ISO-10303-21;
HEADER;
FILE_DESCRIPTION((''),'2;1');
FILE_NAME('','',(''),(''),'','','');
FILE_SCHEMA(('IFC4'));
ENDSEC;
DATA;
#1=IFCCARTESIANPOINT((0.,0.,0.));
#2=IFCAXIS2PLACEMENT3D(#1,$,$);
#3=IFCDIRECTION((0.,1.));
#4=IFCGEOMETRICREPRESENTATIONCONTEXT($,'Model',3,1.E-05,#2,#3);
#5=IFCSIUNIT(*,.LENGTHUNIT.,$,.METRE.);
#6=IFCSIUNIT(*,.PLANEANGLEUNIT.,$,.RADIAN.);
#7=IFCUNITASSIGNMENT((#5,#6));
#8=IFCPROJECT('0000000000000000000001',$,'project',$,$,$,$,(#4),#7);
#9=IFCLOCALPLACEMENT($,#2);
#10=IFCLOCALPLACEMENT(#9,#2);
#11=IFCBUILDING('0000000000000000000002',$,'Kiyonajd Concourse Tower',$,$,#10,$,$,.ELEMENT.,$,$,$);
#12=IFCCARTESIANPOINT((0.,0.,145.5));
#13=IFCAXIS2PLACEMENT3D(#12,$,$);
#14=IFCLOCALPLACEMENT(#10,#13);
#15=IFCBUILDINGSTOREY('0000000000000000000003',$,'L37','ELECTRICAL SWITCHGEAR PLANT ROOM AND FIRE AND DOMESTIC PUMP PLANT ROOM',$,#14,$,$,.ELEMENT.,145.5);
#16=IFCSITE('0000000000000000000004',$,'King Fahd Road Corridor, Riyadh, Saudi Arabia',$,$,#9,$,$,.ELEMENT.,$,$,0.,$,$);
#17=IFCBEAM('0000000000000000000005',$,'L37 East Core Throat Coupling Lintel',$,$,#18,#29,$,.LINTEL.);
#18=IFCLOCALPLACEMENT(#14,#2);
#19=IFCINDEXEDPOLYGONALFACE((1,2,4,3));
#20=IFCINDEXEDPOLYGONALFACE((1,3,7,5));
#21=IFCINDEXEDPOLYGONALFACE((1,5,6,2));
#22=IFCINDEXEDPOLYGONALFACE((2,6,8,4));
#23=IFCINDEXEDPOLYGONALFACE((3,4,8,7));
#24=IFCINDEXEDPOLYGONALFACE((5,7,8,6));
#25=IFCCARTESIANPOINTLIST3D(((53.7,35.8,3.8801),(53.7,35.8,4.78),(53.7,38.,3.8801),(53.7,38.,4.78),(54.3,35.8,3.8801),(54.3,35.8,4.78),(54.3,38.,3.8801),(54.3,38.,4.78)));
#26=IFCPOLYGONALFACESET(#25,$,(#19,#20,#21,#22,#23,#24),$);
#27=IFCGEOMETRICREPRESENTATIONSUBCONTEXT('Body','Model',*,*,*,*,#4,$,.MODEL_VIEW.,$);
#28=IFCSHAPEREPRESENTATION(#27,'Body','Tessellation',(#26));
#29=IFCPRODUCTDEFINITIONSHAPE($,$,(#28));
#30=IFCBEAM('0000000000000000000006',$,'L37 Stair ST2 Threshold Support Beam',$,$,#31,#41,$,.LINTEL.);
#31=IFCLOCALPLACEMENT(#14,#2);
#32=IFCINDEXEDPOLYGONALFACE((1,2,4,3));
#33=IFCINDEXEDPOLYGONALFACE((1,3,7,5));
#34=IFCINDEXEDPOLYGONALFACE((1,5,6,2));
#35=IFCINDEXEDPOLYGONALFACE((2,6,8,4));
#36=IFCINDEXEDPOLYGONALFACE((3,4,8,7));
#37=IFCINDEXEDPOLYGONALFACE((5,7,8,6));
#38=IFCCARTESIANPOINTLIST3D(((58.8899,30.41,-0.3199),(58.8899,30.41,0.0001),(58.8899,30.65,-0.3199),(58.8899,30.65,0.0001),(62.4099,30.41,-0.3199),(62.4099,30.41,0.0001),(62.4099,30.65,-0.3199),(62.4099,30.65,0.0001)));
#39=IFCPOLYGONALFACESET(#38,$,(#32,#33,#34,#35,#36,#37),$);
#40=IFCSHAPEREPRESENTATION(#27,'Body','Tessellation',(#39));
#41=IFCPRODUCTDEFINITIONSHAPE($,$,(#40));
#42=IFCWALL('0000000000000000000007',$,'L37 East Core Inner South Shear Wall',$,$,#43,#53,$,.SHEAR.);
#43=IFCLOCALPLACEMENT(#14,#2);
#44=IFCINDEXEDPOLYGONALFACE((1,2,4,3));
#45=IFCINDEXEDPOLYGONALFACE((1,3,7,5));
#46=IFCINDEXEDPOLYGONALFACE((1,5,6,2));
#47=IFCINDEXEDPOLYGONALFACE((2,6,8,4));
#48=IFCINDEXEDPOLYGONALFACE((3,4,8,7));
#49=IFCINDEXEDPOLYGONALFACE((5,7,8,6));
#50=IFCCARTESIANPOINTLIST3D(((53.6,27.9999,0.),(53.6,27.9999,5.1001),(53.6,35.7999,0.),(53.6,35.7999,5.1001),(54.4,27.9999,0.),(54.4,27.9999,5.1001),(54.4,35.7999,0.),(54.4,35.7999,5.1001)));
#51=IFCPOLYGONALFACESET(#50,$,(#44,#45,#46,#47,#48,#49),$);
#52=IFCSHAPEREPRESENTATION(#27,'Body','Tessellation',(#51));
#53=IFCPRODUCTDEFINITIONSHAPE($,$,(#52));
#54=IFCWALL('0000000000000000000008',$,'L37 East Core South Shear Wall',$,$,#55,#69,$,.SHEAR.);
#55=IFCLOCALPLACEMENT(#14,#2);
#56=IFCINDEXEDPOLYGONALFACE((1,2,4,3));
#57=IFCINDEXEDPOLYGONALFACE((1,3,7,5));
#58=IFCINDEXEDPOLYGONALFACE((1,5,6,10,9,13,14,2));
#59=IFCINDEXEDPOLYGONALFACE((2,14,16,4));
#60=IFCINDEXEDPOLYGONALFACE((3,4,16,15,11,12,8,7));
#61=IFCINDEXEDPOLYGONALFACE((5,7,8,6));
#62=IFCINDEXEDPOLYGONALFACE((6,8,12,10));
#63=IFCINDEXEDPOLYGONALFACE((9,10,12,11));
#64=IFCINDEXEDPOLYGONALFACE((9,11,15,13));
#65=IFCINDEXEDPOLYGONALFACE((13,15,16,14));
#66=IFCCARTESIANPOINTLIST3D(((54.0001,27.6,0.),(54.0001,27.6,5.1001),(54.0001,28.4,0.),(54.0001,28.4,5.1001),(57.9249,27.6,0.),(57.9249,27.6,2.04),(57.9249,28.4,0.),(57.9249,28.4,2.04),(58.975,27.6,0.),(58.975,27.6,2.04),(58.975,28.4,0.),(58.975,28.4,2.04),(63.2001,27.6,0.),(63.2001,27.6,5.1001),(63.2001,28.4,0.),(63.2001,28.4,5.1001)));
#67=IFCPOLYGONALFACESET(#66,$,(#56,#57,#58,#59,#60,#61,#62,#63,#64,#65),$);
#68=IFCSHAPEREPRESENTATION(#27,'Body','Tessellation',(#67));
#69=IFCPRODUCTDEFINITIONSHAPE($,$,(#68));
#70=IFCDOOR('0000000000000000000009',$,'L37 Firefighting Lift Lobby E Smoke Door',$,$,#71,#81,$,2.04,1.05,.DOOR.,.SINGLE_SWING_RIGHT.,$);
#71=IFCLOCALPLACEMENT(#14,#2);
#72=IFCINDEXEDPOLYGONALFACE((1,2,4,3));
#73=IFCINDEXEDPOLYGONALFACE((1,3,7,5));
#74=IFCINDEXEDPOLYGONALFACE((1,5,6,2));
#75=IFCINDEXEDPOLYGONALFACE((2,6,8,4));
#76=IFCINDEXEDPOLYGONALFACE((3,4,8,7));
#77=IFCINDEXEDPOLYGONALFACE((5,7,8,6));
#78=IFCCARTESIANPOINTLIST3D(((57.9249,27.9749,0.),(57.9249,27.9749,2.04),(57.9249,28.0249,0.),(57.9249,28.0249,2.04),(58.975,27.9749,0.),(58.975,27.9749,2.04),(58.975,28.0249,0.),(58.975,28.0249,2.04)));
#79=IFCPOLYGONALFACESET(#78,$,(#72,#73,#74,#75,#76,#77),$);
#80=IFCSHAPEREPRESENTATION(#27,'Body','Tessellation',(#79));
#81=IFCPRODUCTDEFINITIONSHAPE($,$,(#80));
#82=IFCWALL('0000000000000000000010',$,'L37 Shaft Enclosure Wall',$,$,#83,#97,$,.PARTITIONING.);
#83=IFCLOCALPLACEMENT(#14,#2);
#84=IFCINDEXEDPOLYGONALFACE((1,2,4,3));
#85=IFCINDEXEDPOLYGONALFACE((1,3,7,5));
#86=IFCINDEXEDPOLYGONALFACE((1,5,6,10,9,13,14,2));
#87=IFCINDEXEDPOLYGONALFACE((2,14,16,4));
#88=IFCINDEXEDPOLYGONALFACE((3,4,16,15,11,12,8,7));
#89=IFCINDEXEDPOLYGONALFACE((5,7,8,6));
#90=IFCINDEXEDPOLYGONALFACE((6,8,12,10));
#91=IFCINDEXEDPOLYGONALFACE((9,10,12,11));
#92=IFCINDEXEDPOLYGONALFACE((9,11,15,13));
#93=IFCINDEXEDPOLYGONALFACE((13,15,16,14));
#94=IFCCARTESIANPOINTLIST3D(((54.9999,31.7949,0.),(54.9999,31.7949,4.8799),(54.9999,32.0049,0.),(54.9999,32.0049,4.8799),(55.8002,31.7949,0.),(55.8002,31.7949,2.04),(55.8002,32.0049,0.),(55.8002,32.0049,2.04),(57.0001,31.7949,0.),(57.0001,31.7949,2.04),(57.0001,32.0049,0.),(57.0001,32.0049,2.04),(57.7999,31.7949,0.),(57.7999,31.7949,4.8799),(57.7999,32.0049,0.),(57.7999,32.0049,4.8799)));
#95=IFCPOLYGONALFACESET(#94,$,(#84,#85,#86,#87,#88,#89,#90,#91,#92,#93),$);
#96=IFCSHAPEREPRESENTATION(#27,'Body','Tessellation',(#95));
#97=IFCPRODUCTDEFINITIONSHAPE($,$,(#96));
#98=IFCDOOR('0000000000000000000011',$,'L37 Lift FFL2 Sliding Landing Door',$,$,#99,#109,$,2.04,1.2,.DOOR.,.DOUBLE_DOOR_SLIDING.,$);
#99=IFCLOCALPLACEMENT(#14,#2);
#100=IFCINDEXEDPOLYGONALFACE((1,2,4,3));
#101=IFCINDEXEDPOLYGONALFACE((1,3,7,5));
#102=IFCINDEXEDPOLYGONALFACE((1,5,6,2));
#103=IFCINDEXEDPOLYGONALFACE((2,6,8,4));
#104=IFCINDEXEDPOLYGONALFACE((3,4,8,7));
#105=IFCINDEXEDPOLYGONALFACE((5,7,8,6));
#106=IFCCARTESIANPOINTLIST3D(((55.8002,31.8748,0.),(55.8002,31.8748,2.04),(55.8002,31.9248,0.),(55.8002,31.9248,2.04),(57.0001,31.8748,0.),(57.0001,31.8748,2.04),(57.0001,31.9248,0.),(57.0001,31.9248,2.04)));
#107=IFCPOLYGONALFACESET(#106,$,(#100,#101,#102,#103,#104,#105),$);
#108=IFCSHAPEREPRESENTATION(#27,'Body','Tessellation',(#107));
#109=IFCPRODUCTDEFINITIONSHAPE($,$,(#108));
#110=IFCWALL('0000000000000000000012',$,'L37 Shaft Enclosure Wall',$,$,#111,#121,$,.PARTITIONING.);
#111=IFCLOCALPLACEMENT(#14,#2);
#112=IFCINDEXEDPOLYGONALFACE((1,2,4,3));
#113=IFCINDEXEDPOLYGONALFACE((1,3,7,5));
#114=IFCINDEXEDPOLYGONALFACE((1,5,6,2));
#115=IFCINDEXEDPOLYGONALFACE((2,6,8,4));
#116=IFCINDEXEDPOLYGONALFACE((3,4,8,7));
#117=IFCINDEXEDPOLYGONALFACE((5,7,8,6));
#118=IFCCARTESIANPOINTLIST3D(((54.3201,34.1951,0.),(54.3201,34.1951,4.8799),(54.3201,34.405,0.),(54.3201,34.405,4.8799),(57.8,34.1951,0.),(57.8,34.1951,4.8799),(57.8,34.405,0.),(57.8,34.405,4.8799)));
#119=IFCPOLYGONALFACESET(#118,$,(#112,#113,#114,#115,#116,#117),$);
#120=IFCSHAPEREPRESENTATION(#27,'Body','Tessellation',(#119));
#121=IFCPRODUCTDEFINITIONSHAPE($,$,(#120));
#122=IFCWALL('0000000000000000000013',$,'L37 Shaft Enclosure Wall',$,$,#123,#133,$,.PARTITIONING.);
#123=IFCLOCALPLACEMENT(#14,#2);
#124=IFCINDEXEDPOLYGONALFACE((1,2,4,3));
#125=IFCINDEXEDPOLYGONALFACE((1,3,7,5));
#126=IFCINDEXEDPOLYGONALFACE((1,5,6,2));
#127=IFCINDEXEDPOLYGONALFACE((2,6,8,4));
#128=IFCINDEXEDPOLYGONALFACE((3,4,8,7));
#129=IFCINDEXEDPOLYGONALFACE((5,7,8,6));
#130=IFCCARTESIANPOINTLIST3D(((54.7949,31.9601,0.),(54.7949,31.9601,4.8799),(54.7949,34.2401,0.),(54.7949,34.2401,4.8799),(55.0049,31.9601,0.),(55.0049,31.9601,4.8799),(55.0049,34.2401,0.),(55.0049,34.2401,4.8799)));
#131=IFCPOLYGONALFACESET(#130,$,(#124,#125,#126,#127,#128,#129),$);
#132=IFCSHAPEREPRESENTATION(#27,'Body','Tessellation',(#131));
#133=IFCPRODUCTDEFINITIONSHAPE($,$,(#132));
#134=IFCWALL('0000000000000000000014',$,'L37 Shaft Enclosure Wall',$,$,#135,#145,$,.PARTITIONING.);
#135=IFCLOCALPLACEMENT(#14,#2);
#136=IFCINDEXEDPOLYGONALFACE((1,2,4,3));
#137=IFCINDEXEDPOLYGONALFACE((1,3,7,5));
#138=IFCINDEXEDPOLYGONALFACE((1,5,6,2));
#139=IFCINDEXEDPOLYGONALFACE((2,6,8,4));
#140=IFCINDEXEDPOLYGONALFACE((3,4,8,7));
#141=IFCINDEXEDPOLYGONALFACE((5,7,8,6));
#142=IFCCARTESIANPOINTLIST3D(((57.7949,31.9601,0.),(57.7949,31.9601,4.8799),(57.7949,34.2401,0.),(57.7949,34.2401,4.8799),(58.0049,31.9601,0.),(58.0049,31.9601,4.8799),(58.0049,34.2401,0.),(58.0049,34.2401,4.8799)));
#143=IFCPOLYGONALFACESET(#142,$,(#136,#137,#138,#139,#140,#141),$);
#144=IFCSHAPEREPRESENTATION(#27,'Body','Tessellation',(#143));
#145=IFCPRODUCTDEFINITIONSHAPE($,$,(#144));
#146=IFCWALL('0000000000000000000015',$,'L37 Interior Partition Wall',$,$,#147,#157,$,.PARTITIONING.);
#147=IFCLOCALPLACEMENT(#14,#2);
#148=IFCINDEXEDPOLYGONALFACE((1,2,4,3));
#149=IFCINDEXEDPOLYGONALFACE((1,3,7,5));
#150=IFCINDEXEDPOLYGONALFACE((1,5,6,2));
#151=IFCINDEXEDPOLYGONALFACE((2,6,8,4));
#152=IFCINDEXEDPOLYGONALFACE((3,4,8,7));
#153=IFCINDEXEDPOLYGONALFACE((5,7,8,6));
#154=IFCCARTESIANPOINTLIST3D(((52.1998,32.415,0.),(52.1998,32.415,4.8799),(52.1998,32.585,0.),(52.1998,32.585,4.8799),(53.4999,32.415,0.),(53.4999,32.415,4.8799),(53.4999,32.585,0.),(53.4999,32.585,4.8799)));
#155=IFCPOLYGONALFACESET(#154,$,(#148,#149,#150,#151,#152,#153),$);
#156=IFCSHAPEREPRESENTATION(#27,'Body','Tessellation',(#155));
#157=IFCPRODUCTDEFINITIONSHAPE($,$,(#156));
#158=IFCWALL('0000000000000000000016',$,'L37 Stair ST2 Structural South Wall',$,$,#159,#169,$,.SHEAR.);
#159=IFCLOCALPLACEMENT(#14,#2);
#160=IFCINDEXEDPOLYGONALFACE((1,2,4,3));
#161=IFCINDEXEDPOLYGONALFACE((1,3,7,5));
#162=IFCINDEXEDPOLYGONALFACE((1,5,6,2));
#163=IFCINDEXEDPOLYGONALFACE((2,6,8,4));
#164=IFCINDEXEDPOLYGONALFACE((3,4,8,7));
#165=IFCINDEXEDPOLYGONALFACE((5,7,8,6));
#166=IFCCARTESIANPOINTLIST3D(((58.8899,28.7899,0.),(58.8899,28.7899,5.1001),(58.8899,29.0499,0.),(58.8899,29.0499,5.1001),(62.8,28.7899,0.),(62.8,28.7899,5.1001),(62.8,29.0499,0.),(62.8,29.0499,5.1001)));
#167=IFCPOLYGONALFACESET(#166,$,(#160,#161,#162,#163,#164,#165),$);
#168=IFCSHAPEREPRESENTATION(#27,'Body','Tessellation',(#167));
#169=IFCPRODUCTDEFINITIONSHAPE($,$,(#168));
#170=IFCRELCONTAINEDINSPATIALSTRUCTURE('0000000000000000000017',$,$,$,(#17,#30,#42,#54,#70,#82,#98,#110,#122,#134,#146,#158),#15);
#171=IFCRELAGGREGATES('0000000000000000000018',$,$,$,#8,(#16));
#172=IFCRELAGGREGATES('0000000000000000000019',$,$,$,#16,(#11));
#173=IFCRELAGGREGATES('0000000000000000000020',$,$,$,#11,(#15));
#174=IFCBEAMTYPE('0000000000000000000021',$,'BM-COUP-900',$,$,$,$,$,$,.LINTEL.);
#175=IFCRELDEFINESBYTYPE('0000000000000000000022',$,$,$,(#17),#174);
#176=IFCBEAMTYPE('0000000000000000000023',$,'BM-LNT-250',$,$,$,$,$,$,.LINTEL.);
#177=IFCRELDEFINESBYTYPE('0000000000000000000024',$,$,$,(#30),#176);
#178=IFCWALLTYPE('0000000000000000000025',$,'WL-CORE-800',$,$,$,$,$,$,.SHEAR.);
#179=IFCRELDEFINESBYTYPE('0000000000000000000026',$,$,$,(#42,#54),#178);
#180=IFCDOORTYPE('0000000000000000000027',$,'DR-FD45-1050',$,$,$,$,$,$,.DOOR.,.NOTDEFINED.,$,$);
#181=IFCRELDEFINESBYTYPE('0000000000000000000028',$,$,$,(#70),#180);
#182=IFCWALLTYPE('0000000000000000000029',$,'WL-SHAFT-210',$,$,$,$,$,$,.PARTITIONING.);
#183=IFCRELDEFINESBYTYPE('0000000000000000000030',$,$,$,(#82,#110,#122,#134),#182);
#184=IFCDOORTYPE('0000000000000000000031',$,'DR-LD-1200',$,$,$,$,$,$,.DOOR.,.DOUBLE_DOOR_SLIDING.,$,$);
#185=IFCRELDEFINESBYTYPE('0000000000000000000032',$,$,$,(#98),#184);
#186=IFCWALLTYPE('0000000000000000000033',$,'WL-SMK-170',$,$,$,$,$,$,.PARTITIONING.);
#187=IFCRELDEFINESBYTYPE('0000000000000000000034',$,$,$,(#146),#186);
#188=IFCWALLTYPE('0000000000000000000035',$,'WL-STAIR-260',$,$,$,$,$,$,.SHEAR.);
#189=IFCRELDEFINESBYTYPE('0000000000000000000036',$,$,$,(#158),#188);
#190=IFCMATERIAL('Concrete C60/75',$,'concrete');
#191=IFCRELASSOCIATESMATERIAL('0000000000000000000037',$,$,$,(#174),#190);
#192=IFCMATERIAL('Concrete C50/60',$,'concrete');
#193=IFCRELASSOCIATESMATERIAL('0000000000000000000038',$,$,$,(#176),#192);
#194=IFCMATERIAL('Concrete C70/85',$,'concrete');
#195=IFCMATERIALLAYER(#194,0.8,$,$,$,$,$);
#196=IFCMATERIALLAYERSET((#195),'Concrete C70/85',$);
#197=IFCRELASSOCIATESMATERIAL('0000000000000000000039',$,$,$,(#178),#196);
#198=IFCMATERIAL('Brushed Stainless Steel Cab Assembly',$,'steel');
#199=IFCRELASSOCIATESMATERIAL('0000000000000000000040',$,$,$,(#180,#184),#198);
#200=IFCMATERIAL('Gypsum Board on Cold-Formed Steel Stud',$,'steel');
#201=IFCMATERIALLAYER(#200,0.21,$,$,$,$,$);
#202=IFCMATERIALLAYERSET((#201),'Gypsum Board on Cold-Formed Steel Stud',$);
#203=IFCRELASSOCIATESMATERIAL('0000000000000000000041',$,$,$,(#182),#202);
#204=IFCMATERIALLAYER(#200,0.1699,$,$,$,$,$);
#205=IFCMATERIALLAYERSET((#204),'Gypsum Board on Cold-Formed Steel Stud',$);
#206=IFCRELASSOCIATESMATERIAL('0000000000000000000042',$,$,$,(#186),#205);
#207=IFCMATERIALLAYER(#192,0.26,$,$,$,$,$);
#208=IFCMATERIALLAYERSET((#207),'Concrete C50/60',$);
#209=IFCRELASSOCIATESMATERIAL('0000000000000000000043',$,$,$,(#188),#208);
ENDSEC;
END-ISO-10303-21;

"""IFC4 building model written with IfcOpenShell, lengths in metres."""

from ifc_helpers import new_model, si_unit, direction, frame, frame_2d, origin, origin_2d, place, context, subcontext, project, spatial, rectangle, extrude, material, layer, layer_set, material_profile, profile_set, type_object, element, fill, save


model = new_model("IFC4")

# Units and contexts
model_context = context("Model", 3, precision=1e-05, world=origin(), true_north=direction((0.0, 1.0)))
body_context = subcontext(model_context, "Body", "Model", "MODEL_VIEW")
ifc_project = project(units=[si_unit("LENGTHUNIT", "METRE"), si_unit("PLANEANGLEUNIT", "RADIAN")], contexts=[model_context])

# Site, building, storey
site_placement = place(None, origin())
site = spatial("IfcSite", under=ifc_project, at=site_placement, Name="King Fahd Road Corridor, Riyadh, Saudi Arabia", CompositionType="ELEMENT", RefElevation=0.0)
building_placement = place(site_placement, origin())
building = spatial("IfcBuilding", under=site, at=building_placement, Name="Kiyonajd Concourse Tower", CompositionType="ELEMENT")
storey_placement = place(building_placement, frame((0.0, 0.0, 145.5)))
storey = spatial("IfcBuildingStorey", under=building, at=storey_placement, Name="L37", Description="ELECTRICAL SWITCHGEAR PLANT ROOM AND FIRE AND DOMESTIC PUMP PLANT ROOM", CompositionType="ELEMENT", Elevation=145.5)

# Beams
ifc_material_1 = material(Name="Concrete C60/75", Category="concrete")
ifc_material_profile_1 = material_profile(ifc_material_1, rectangle(XDim=0.6001, YDim=0.8999, at=origin_2d()), Name="RCBM-600x900")
ifc_profile_set_1 = profile_set([ifc_material_profile_1], Name="Concrete C60/75")
beam_type_1 = type_object("IfcBeamType", Name="BM-COUP-900", PredefinedType="LINTEL", material=ifc_profile_set_1)
beam_1_placement = place(storey_placement, frame((54.0, 35.8, 4.3301), z_axis=(0.0, 1.0, 0.0), x_axis=(-1.0, 0.0, 0.0)))
element("IfcBeam", 1, at=beam_1_placement, inside=storey, type_object=beam_type_1, Name="L37 East Core Throat Coupling Lintel", PredefinedType="LINTEL", context=body_context, shape_type="SweptSolid", body=[
    extrude(rectangle(XDim=0.6001, YDim=0.8999, at=origin_2d()), origin(), (0.0, 0.0, 1.0), 2.2),
])
ifc_material_2 = material(Name="Concrete C50/60", Category="concrete")
ifc_material_profile_2 = material_profile(ifc_material_2, rectangle(XDim=0.24, YDim=0.3201, at=origin_2d()), Name="RCBM-240x320")
ifc_profile_set_2 = profile_set([ifc_material_profile_2], Name="Concrete C50/60")
beam_type_2 = type_object("IfcBeamType", Name="BM-LNT-250", PredefinedType="LINTEL", material=ifc_profile_set_2)
beam_2_placement = place(storey_placement, frame((58.8899, 30.53, -0.1599), z_axis=(1.0, 0.0, 0.0), x_axis=(0.0, 1.0, 0.0)))
element("IfcBeam", 2, at=beam_2_placement, inside=storey, type_object=beam_type_2, Name="L37 Stair ST2 Threshold Support Beam", PredefinedType="LINTEL", context=body_context, shape_type="SweptSolid", body=[
    extrude(rectangle(XDim=0.24, YDim=0.3201, at=origin_2d()), origin(), (0.0, 0.0, 1.0), 3.52),
])

# Wall
ifc_material_3 = material(Name="Concrete C70/85", Category="concrete")
ifc_layer_1 = layer(ifc_material_3, 0.8)
ifc_layer_set_1 = layer_set([ifc_layer_1], Name="Concrete C70/85")
wall_type_1 = type_object("IfcWallType", Name="WL-CORE-800", PredefinedType="SHEAR", material=ifc_layer_set_1)
wall_1_placement = place(storey_placement, frame((54.0, 28.0, 0.0), z_axis=(0.0, 0.0, 1.0), x_axis=(0.0, 1.0, 0.0)))
element("IfcWall", 3, at=wall_1_placement, inside=storey, type_object=wall_type_1, Name="L37 East Core Inner South Shear Wall", PredefinedType="SHEAR", context=body_context, shape_type="SweptSolid", body=[
    extrude(rectangle(XDim=7.8, YDim=0.8, at=frame_2d((3.8999, 0.0))), origin(), (0.0, 0.0, 1.0), 5.1001),
])

# Walls, openings, doors
wall_2_placement = place(storey_placement, frame((54.0, 28.0, 0.0), z_axis=(0.0, 0.0, 1.0), x_axis=(1.0, 0.0, 0.0)))
wall_2 = element("IfcWall", 4, at=wall_2_placement, inside=storey, type_object=wall_type_1, Name="L37 East Core South Shear Wall", PredefinedType="SHEAR", context=body_context, shape_type="SweptSolid", body=[
    extrude(rectangle(XDim=9.2, YDim=0.8, at=frame_2d((4.6001, 0.0))), origin(), (0.0, 0.0, 1.0), 5.1001),
])
opening_1_placement = place(wall_2_placement, frame((3.925, 0.0, 0.0)))
opening_1 = element("IfcOpeningElement", 5, at=opening_1_placement, cuts=wall_2, PredefinedType="OPENING", context=body_context, shape_type="SweptSolid", body=[
    extrude(rectangle(XDim=1.05, YDim=2.04, at=frame_2d((0.5249, 1.02))), frame((0.0, 0.4099, 0.0), z_axis=(0.0, -1.0, 0.0), x_axis=(1.0, 0.0, 0.0)), (0.0, 0.0, 1.0), 0.8201),
])
ifc_material_4 = material(Name="Brushed Stainless Steel Cab Assembly", Category="steel")
door_type_1 = type_object("IfcDoorType", Name="DR-FD45-1050", OperationType="NOTDEFINED", PredefinedType="DOOR", material=ifc_material_4)
door_1_placement = place(opening_1_placement, origin())
door_1 = element("IfcDoor", 6, at=door_1_placement, inside=storey, type_object=door_type_1, Name="L37 Firefighting Lift Lobby E Smoke Door", OperationType="SINGLE_SWING_RIGHT", OverallHeight=2.04, OverallWidth=1.05, PredefinedType="DOOR", context=body_context, shape_type="SweptSolid", body=[
    extrude(rectangle(XDim=1.05, YDim=2.04, at=frame_2d((0.5249, 1.02))), frame((0.0, 0.0249, 0.0), z_axis=(0.0, -1.0, 0.0), x_axis=(1.0, 0.0, 0.0)), (0.0, 0.0, 1.0), 0.05),
])
fill(opening_1, door_1)
ifc_material_5 = material(Name="Gypsum Board on Cold-Formed Steel Stud", Category="steel")
ifc_layer_2 = layer(ifc_material_5, 0.21)
ifc_layer_set_2 = layer_set([ifc_layer_2], Name="Gypsum Board on Cold-Formed Steel Stud")
wall_type_2 = type_object("IfcWallType", Name="WL-SHAFT-210", PredefinedType="PARTITIONING", material=ifc_layer_set_2)
wall_3_placement = place(storey_placement, frame((55.0, 31.8999, 0.0), z_axis=(0.0, 0.0, 1.0), x_axis=(1.0, 0.0, 0.0)))
wall_3 = element("IfcWall", 7, at=wall_3_placement, inside=storey, type_object=wall_type_2, Name="L37 Shaft Enclosure Wall", PredefinedType="PARTITIONING", context=body_context, shape_type="SweptSolid", body=[
    extrude(rectangle(XDim=2.8, YDim=0.21, at=frame_2d((1.3999, 0.0))), origin(), (0.0, 0.0, 1.0), 4.8799),
])
opening_2_placement = place(wall_3_placement, frame((0.8, 0.0, 0.0)))
opening_2 = element("IfcOpeningElement", 8, at=opening_2_placement, cuts=wall_3, PredefinedType="OPENING", context=body_context, shape_type="SweptSolid", body=[
    extrude(rectangle(XDim=1.2, YDim=2.04, at=frame_2d((0.6001, 1.02))), frame((0.0, 0.115, 0.0), z_axis=(0.0, -1.0, 0.0), x_axis=(1.0, 0.0, 0.0)), (0.0, 0.0, 1.0), 0.23),
])
door_type_2 = type_object("IfcDoorType", Name="DR-LD-1200", OperationType="DOUBLE_DOOR_SLIDING", PredefinedType="DOOR", material=ifc_material_4)
door_2_placement = place(opening_2_placement, origin())
door_2 = element("IfcDoor", 9, at=door_2_placement, inside=storey, type_object=door_type_2, Name="L37 Lift FFL2 Sliding Landing Door", OperationType="DOUBLE_DOOR_SLIDING", OverallHeight=2.04, OverallWidth=1.2, PredefinedType="DOOR", context=body_context, shape_type="SweptSolid", body=[
    extrude(rectangle(XDim=1.2, YDim=2.04, at=frame_2d((0.6001, 1.02))), frame((0.0, 0.0249, 0.0), z_axis=(0.0, -1.0, 0.0), x_axis=(1.0, 0.0, 0.0)), (0.0, 0.0, 1.0), 0.05),
])
fill(opening_2, door_2)

# Walls
wall_4_placement = place(storey_placement, frame((54.3201, 34.3, 0.0), z_axis=(0.0, 0.0, 1.0), x_axis=(1.0, 0.0, 0.0)))
element("IfcWall", 10, at=wall_4_placement, inside=storey, type_object=wall_type_2, Name="L37 Shaft Enclosure Wall", PredefinedType="PARTITIONING", context=body_context, shape_type="SweptSolid", body=[
    extrude(rectangle(XDim=3.48, YDim=0.21, at=frame_2d((1.74, 0.0))), origin(), (0.0, 0.0, 1.0), 4.8799),
])
for number, where, z_axis, x_axis, name in (
    (11, (54.8999, 31.96, 0.0), (0.0, 0.0, 1.0), (0.0, 1.0, 0.0), "L37 Shaft Enclosure Wall"),
    (12, (57.8999, 31.96, 0.0), (0.0, 0.0, 1.0), (0.0, 1.0, 0.0), "L37 Shaft Enclosure Wall"),
):
    element("IfcWall", number, at=place(storey_placement, frame(where, z_axis=z_axis, x_axis=x_axis)), inside=storey, type_object=wall_type_2, Name=name, PredefinedType="PARTITIONING", context=body_context, shape_type="SweptSolid", body=[
        extrude(rectangle(XDim=2.28, YDim=0.21, at=frame_2d((1.1401, 0.0))), origin(), (0.0, 0.0, 1.0), 4.8799),
    ])
ifc_layer_3 = layer(ifc_material_5, 0.1699)
ifc_layer_set_3 = layer_set([ifc_layer_3], Name="Gypsum Board on Cold-Formed Steel Stud")
wall_type_3 = type_object("IfcWallType", Name="WL-SMK-170", PredefinedType="PARTITIONING", material=ifc_layer_set_3)
wall_5_placement = place(storey_placement, frame((52.2, 32.5, 0.0), z_axis=(0.0, 0.0, 1.0), x_axis=(1.0, 0.0, 0.0)))
element("IfcWall", 13, at=wall_5_placement, inside=storey, type_object=wall_type_3, Name="L37 Interior Partition Wall", PredefinedType="PARTITIONING", context=body_context, shape_type="SweptSolid", body=[
    extrude(rectangle(XDim=1.3, YDim=0.1699, at=frame_2d((0.6499, 0.0))), origin(), (0.0, 0.0, 1.0), 4.8799),
])
ifc_layer_4 = layer(ifc_material_2, 0.26)
ifc_layer_set_4 = layer_set([ifc_layer_4], Name="Concrete C50/60")
wall_type_4 = type_object("IfcWallType", Name="WL-STAIR-260", PredefinedType="SHEAR", material=ifc_layer_set_4)
wall_6_placement = place(storey_placement, frame((58.8899, 28.9199, 0.0), z_axis=(0.0, 0.0, 1.0), x_axis=(1.0, 0.0, 0.0)))
element("IfcWall", 14, at=wall_6_placement, inside=storey, type_object=wall_type_4, Name="L37 Stair ST2 Structural South Wall", PredefinedType="SHEAR", context=body_context, shape_type="SweptSolid", body=[
    extrude(rectangle(XDim=3.9102, YDim=0.26, at=frame_2d((1.9551, 0.0))), origin(), (0.0, 0.0, 1.0), 5.1001),
])

save(model, "model.ifc")
